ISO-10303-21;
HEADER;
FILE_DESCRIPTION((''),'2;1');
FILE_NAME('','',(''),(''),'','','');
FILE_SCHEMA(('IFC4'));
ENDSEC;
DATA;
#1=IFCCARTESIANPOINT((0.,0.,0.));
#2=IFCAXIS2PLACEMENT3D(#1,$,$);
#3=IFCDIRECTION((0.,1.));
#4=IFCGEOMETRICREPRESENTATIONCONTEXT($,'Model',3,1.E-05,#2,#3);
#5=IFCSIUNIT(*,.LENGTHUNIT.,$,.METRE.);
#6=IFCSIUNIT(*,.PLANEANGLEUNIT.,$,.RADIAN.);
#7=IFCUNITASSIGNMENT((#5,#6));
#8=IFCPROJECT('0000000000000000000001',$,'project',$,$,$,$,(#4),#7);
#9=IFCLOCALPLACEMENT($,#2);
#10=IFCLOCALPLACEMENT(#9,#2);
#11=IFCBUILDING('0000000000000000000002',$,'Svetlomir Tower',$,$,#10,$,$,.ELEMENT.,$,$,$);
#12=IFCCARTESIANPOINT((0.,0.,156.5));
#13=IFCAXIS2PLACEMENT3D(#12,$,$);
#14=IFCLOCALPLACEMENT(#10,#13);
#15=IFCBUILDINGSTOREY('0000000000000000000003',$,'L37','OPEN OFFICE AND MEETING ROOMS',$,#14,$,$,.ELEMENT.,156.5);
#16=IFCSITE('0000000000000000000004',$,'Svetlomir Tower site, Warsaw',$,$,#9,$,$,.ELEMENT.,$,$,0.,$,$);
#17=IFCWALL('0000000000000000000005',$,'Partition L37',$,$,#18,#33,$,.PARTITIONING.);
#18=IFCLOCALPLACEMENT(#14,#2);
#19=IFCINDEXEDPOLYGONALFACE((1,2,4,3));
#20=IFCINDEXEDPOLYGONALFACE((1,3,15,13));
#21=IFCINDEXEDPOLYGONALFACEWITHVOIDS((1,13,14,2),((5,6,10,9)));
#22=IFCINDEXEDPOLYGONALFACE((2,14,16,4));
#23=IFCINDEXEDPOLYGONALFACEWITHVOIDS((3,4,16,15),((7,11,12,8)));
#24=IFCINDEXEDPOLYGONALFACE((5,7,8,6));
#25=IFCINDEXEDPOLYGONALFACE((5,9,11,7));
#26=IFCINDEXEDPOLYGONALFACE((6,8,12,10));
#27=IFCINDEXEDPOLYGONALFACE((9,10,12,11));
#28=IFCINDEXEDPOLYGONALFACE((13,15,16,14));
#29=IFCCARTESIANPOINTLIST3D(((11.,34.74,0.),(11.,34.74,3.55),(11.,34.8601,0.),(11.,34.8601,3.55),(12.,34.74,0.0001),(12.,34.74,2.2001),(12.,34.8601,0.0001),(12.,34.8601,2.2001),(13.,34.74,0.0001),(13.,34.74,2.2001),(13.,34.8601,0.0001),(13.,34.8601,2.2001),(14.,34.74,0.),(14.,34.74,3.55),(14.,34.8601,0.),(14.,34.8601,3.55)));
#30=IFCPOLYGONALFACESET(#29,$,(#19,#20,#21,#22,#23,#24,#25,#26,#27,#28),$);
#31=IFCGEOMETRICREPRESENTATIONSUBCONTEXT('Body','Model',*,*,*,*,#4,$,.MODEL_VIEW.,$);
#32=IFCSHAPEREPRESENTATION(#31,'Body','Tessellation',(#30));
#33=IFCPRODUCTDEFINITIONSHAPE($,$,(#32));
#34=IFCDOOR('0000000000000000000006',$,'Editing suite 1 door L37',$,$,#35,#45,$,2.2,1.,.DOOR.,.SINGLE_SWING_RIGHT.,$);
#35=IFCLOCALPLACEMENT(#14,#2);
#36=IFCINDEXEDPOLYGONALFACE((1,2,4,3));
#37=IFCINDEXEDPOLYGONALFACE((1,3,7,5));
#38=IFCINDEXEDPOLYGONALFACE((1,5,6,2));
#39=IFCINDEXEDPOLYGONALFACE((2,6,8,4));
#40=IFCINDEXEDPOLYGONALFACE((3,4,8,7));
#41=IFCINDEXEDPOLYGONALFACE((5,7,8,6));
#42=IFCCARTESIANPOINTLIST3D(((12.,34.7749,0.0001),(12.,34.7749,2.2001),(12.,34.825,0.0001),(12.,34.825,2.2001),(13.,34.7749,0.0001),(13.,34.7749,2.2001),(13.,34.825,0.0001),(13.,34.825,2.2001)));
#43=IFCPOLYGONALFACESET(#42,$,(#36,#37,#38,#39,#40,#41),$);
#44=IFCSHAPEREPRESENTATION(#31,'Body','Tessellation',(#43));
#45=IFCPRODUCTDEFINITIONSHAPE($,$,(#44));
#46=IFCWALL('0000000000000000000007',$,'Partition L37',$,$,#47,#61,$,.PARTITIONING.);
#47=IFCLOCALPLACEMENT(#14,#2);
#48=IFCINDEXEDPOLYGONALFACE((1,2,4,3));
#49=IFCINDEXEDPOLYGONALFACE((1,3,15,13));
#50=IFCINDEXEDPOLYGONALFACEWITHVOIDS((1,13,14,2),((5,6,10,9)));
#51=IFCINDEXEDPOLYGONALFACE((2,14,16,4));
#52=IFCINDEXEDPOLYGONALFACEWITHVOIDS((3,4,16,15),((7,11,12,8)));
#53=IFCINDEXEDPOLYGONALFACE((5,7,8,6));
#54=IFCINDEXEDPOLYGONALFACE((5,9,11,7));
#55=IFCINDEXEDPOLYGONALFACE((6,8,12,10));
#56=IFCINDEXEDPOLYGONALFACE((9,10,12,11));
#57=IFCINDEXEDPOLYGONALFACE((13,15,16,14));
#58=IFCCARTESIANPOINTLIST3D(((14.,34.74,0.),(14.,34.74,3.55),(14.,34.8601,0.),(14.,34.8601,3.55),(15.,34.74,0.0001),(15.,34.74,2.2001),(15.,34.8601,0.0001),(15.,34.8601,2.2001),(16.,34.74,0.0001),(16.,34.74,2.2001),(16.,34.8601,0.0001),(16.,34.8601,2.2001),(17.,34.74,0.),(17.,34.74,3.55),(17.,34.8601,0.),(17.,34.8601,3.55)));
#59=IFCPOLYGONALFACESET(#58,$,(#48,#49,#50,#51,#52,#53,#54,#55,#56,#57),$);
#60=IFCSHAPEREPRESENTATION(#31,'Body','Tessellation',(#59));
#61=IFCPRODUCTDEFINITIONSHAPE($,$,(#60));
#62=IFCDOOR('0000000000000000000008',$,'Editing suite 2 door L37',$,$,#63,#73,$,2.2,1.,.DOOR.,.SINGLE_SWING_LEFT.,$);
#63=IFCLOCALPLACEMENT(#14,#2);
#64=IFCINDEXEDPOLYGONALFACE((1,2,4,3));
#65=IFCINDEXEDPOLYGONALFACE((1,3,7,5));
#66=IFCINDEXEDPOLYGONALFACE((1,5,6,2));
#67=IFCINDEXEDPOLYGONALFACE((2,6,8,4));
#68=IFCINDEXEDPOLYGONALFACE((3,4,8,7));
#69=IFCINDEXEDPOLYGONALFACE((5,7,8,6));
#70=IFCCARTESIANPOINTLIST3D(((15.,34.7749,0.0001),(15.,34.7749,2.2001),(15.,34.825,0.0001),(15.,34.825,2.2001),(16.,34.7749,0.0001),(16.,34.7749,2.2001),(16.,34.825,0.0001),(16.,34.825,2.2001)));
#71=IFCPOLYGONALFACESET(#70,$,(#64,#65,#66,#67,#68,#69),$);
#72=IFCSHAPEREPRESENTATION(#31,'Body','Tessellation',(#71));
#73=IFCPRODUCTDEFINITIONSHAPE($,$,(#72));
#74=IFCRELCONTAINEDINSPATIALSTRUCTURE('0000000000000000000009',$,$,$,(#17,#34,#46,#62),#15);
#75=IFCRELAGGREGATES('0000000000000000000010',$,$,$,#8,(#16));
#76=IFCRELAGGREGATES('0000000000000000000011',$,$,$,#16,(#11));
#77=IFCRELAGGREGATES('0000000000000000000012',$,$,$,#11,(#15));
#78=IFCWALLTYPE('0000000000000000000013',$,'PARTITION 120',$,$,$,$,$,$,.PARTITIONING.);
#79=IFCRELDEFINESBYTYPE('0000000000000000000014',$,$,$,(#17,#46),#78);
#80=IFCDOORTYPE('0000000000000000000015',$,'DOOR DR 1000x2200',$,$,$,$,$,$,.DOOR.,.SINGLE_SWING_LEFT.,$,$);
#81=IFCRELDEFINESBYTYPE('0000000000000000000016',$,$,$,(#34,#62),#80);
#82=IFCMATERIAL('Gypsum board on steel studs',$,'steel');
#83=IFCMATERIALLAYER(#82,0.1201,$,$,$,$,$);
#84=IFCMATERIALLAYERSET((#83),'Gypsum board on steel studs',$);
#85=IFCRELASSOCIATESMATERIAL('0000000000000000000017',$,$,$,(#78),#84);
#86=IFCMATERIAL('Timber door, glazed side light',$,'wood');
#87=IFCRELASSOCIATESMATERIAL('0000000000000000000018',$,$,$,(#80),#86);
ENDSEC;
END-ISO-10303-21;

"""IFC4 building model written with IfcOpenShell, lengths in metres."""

from ifc_helpers import new_model, si_unit, direction, frame, frame_2d, origin, place, context, subcontext, project, spatial, rectangle, extrude, material, layer, layer_set, type_object, element, fill, save


model = new_model("IFC4")

# Units and contexts
model_context = context("Model", 3, precision=1e-05, world=origin(), true_north=direction((0.0, 1.0)))
body_context = subcontext(model_context, "Body", "Model", "MODEL_VIEW")
ifc_project = project(units=[si_unit("LENGTHUNIT", "METRE"), si_unit("PLANEANGLEUNIT", "RADIAN")], contexts=[model_context])

# Site, building, storey
site_placement = place(None, origin())
site = spatial("IfcSite", under=ifc_project, at=site_placement, Name="Svetlomir Tower site, Warsaw", CompositionType="ELEMENT", RefElevation=0.0)
building_placement = place(site_placement, origin())
building = spatial("IfcBuilding", under=site, at=building_placement, Name="Svetlomir Tower", CompositionType="ELEMENT")
storey_placement = place(building_placement, frame((0.0, 0.0, 156.5)))
storey = spatial("IfcBuildingStorey", under=building, at=storey_placement, Name="L37", Description="OPEN OFFICE AND MEETING ROOMS", CompositionType="ELEMENT", Elevation=156.5)

# Walls, openings, doors
ifc_material_1 = material(Name="Gypsum board on steel studs", Category="steel")
ifc_layer_1 = layer(ifc_material_1, 0.1201)
ifc_layer_set_1 = layer_set([ifc_layer_1], Name="Gypsum board on steel studs")
wall_type = type_object("IfcWallType", Name="PARTITION 120", PredefinedType="PARTITIONING", material=ifc_layer_set_1)
wall_1_placement = place(storey_placement, frame((11.0, 34.8, 0.0), z_axis=(0.0, 0.0, 1.0), x_axis=(1.0, 0.0, 0.0)))
wall_1 = element("IfcWall", 1, at=wall_1_placement, inside=storey, type_object=wall_type, Name="Partition L37", PredefinedType="PARTITIONING", context=body_context, shape_type="SweptSolid", body=[
    extrude(rectangle(XDim=3.0, YDim=0.1201, at=frame_2d((1.5, 0.0))), origin(), (0.0, 0.0, 1.0), 3.55),
])
opening_1_placement = place(wall_1_placement, frame((1.0, 0.0, 0.0)))
opening_1 = element("IfcOpeningElement", 2, at=opening_1_placement, cuts=wall_1, PredefinedType="OPENING", context=body_context, shape_type="SweptSolid", body=[
    extrude(rectangle(XDim=1.0, YDim=2.2, at=frame_2d((0.5, 1.1001))), frame((0.0, 0.0701, 0.0), z_axis=(0.0, -1.0, 0.0), x_axis=(1.0, 0.0, 0.0)), (0.0, 0.0, 1.0), 0.1401),
])
ifc_material_2 = material(Name="Timber door, glazed side light", Category="wood")
door_type = type_object("IfcDoorType", Name="DOOR DR 1000x2200", OperationType="SINGLE_SWING_LEFT", PredefinedType="DOOR", material=ifc_material_2)
door_1_placement = place(opening_1_placement, origin())
door_1 = element("IfcDoor", 3, at=door_1_placement, inside=storey, type_object=door_type, Name="Editing suite 1 door L37", OperationType="SINGLE_SWING_RIGHT", OverallHeight=2.2, OverallWidth=1.0, PredefinedType="DOOR", context=body_context, shape_type="SweptSolid", body=[
    extrude(rectangle(XDim=1.0, YDim=2.2, at=frame_2d((0.5, 1.1001))), frame((0.0, 0.0249, 0.0), z_axis=(0.0, -1.0, 0.0), x_axis=(1.0, 0.0, 0.0)), (0.0, 0.0, 1.0), 0.05),
])
fill(opening_1, door_1)
wall_2_placement = place(storey_placement, frame((14.0, 34.8, 0.0), z_axis=(0.0, 0.0, 1.0), x_axis=(1.0, 0.0, 0.0)))
wall_2 = element("IfcWall", 4, at=wall_2_placement, inside=storey, type_object=wall_type, Name="Partition L37", PredefinedType="PARTITIONING", context=body_context, shape_type="SweptSolid", body=[
    extrude(rectangle(XDim=3.0, YDim=0.1201, at=frame_2d((1.5, 0.0))), origin(), (0.0, 0.0, 1.0), 3.55),
])
opening_2_placement = place(wall_2_placement, frame((1.0, 0.0, 0.0)))
opening_2 = element("IfcOpeningElement", 5, at=opening_2_placement, cuts=wall_2, PredefinedType="OPENING", context=body_context, shape_type="SweptSolid", body=[
    extrude(rectangle(XDim=1.0, YDim=2.2, at=frame_2d((0.5, 1.1001))), frame((0.0, 0.0701, 0.0), z_axis=(0.0, -1.0, 0.0), x_axis=(1.0, 0.0, 0.0)), (0.0, 0.0, 1.0), 0.1401),
])
door_2_placement = place(opening_2_placement, origin())
door_2 = element("IfcDoor", 6, at=door_2_placement, inside=storey, type_object=door_type, Name="Editing suite 2 door L37", OperationType="SINGLE_SWING_LEFT", OverallHeight=2.2, OverallWidth=1.0, PredefinedType="DOOR", context=body_context, shape_type="SweptSolid", body=[
    extrude(rectangle(XDim=1.0, YDim=2.2, at=frame_2d((0.5, 1.1001))), frame((0.0, 0.0249, 0.0), z_axis=(0.0, -1.0, 0.0), x_axis=(1.0, 0.0, 0.0)), (0.0, 0.0, 1.0), 0.05),
])
fill(opening_2, door_2)

save(model, "model.ifc")
